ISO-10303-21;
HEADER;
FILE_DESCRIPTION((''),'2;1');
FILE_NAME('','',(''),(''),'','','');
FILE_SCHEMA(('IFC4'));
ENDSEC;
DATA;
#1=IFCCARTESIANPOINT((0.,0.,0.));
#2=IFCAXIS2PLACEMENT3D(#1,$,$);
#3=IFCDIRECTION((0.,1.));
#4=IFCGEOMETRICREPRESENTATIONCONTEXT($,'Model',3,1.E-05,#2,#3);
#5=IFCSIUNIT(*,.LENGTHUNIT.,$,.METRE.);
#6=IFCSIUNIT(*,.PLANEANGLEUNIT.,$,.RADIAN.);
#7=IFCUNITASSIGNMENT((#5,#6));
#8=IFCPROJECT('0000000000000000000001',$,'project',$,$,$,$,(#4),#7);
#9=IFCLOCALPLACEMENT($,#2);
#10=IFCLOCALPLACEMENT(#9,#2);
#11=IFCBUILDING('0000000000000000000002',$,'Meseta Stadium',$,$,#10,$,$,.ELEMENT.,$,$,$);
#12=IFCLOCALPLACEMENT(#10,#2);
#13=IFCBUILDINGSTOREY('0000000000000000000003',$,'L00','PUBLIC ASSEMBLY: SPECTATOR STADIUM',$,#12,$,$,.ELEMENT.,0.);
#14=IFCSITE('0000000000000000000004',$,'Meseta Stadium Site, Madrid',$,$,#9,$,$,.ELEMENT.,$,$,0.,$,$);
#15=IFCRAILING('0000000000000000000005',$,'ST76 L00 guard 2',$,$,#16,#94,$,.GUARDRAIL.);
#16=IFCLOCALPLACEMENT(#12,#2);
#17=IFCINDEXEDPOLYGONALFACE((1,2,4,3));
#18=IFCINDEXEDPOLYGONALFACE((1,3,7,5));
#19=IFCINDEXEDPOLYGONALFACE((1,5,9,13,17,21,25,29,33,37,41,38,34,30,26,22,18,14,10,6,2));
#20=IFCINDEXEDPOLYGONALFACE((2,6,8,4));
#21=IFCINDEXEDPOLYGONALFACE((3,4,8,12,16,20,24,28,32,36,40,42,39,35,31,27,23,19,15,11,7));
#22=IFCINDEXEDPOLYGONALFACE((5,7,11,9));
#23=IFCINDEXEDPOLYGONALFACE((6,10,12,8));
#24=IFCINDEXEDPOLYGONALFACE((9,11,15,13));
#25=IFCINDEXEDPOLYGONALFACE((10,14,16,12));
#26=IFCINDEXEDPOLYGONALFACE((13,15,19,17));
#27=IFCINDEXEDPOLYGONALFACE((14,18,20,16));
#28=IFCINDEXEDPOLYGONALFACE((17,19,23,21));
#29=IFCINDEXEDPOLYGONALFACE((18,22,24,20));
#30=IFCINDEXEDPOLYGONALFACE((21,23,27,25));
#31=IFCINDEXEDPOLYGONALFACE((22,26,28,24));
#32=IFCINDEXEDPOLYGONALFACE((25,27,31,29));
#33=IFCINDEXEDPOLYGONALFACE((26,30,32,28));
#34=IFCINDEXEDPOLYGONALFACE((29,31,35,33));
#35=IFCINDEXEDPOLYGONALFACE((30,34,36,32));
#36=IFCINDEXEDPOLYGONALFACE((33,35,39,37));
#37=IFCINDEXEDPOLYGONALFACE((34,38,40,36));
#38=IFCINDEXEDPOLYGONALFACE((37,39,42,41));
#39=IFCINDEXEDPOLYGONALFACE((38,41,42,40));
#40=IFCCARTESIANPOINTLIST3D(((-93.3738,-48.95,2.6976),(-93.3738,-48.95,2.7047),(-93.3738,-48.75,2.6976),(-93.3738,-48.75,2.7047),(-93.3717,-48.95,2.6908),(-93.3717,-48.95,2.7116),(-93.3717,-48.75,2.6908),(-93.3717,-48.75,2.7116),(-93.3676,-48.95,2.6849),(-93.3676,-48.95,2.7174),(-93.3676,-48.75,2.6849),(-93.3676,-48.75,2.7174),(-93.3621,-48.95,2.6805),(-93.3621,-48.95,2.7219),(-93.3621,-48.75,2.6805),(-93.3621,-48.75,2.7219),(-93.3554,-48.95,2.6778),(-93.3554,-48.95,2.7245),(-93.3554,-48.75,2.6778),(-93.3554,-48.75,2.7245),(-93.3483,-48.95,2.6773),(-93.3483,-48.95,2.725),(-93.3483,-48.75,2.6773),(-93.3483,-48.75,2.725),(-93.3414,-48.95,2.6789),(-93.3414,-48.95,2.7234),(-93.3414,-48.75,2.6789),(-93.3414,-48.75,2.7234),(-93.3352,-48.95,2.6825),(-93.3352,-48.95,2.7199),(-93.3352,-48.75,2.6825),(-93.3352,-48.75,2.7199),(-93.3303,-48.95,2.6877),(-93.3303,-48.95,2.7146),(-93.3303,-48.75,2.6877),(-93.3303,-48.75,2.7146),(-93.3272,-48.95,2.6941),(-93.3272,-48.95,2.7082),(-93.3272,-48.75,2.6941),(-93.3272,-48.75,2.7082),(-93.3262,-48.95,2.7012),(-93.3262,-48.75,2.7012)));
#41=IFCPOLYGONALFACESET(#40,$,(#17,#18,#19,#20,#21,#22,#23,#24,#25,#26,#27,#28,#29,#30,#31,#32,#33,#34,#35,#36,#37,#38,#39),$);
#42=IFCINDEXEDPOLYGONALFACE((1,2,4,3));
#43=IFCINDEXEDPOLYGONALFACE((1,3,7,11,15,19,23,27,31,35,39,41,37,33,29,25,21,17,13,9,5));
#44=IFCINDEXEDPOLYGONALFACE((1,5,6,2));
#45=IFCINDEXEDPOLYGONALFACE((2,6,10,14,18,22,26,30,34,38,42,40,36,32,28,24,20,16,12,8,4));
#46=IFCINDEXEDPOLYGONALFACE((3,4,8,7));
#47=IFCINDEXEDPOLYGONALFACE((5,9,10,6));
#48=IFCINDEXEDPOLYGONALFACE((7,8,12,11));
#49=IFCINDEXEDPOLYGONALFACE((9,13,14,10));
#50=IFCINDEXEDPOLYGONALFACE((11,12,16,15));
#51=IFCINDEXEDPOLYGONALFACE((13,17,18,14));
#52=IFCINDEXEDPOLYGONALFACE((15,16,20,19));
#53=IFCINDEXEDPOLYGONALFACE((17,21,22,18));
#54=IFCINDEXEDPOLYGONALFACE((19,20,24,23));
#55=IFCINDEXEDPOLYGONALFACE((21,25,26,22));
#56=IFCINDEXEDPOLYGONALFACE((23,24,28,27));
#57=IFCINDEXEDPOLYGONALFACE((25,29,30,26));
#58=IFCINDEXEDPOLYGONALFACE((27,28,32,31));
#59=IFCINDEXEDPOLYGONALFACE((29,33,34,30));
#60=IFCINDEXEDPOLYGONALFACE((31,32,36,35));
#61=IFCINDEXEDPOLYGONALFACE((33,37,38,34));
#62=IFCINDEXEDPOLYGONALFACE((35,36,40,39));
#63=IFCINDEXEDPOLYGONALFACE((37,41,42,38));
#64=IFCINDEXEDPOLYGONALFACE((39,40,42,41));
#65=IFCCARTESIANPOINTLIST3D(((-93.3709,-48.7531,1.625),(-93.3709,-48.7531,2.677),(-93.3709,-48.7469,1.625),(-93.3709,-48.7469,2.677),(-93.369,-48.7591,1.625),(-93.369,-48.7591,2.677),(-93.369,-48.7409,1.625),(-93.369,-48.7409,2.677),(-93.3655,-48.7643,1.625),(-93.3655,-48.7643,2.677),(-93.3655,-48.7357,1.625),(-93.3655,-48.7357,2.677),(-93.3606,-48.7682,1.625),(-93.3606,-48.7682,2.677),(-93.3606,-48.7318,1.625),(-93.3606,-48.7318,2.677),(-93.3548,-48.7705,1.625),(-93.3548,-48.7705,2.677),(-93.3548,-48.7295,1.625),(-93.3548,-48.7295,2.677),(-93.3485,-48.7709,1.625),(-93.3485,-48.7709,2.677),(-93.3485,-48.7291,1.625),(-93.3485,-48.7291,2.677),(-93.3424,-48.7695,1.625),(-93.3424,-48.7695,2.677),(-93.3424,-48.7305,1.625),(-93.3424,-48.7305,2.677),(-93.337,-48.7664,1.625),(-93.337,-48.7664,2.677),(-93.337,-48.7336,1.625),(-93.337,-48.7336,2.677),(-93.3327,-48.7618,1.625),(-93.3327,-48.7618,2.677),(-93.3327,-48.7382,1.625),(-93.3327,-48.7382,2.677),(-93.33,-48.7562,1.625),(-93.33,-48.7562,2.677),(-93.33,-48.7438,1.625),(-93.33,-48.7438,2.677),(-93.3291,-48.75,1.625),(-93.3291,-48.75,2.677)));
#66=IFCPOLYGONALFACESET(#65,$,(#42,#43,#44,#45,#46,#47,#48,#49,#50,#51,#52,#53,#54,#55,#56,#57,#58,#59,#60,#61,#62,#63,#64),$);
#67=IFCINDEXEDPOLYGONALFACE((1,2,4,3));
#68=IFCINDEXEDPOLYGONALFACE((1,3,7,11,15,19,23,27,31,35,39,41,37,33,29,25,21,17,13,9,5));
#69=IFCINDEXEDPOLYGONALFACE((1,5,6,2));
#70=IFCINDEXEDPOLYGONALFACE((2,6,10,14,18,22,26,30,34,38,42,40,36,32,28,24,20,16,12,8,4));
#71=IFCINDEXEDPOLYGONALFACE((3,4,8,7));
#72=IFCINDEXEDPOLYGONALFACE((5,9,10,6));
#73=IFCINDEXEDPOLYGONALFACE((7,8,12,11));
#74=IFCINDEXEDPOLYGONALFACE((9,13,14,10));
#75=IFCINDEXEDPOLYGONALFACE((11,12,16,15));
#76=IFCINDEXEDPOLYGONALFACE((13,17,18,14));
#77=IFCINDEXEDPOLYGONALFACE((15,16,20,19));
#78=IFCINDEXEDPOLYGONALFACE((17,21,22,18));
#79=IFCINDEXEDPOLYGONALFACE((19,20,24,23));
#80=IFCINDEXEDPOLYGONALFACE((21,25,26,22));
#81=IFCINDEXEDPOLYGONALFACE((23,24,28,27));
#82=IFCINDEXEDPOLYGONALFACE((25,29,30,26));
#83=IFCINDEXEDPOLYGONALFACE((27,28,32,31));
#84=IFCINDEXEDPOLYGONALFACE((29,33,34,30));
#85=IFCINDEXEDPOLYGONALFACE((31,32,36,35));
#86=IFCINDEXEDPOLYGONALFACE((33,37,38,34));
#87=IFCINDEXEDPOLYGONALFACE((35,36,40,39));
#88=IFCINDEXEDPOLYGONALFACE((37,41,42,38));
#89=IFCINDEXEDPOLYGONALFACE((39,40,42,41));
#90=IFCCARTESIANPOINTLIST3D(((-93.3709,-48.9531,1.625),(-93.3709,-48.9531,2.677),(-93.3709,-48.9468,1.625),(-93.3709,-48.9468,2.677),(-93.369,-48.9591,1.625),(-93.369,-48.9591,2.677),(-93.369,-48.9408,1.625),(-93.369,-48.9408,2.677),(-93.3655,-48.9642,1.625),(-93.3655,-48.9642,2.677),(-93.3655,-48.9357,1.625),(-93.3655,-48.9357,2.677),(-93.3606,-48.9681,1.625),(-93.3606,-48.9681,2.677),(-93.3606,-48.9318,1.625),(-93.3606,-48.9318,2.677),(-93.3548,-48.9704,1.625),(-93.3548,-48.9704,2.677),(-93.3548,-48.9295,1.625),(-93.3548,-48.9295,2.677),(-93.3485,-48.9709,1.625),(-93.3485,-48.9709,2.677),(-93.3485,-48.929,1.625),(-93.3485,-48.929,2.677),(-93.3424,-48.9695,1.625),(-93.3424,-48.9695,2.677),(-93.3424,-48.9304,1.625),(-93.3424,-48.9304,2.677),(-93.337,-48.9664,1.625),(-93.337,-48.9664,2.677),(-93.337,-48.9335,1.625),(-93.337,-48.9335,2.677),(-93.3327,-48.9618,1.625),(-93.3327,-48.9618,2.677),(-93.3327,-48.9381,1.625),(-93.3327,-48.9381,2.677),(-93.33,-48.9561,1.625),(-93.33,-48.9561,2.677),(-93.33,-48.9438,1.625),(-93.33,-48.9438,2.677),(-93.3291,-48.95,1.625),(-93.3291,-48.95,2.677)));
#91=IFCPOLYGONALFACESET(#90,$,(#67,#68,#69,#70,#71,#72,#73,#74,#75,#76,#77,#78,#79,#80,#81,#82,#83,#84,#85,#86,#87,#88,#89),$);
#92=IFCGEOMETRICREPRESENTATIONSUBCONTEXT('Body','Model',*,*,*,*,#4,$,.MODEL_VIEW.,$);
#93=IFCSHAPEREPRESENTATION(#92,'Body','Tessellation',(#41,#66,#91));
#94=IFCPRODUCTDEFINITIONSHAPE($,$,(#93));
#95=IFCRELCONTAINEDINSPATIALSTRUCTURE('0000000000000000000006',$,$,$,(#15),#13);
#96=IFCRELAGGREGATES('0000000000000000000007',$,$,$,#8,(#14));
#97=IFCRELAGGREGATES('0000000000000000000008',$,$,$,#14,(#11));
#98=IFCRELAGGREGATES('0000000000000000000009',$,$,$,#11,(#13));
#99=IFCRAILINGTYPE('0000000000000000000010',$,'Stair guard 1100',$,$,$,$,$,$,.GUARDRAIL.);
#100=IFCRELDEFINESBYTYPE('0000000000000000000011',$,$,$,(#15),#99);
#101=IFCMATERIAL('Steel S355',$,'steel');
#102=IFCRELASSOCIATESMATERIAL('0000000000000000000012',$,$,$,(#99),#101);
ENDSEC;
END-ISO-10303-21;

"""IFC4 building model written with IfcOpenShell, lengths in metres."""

from ifc_helpers import new_model, si_unit, direction, frame, origin, origin_2d, place, context, subcontext, project, spatial, circle, extrude, material, type_object, element, save


model = new_model("IFC4")

# Units and contexts
model_context = context("Model", 3, precision=1e-05, world=origin(), true_north=direction((0.0, 1.0)))
body_context = subcontext(model_context, "Body", "Model", "MODEL_VIEW")
ifc_project = project(units=[si_unit("LENGTHUNIT", "METRE"), si_unit("PLANEANGLEUNIT", "RADIAN")], contexts=[model_context])

# Site, building, storey
site_placement = place(None, origin())
site = spatial("IfcSite", under=ifc_project, at=site_placement, Name="Meseta Stadium Site, Madrid", CompositionType="ELEMENT", RefElevation=0.0)
building_placement = place(site_placement, origin())
building = spatial("IfcBuilding", under=site, at=building_placement, Name="Meseta Stadium", CompositionType="ELEMENT")
storey_placement = place(building_placement, origin())
storey = spatial("IfcBuildingStorey", under=building, at=storey_placement, Name="L00", Description="PUBLIC ASSEMBLY: SPECTATOR STADIUM", CompositionType="ELEMENT", Elevation=0.0)

# Railing
ifc_material_1 = material(Name="Steel S355", Category="steel")
railing_type_1 = type_object("IfcRailingType", Name="Stair guard 1100", PredefinedType="GUARDRAIL", material=ifc_material_1)
railing_1_placement = place(storey_placement, frame((-93.3501, -48.75, 1.625)))
element("IfcRailing", 1, at=railing_1_placement, inside=storey, type_object=railing_type_1, Name="ST76 L00 guard 2", PredefinedType="GUARDRAIL", context=body_context, shape_type="SweptSolid", body=[
    extrude(circle(Radius=0.0239, at=origin_2d()), frame((0.0, 0.0, 1.0762), z_axis=(0.0, -1.0, 0.0), x_axis=(1.0, 0.0, 0.0)), (0.0, 0.0, 1.0), 0.2),
    extrude(circle(Radius=0.021, at=origin_2d()), origin(), (0.0, 0.0, 1.0), 1.052),
    extrude(circle(Radius=0.021, at=origin_2d()), frame((0.0, -0.2, 0.0)), (0.0, 0.0, 1.0), 1.052),
])

save(model, "model.ifc")
